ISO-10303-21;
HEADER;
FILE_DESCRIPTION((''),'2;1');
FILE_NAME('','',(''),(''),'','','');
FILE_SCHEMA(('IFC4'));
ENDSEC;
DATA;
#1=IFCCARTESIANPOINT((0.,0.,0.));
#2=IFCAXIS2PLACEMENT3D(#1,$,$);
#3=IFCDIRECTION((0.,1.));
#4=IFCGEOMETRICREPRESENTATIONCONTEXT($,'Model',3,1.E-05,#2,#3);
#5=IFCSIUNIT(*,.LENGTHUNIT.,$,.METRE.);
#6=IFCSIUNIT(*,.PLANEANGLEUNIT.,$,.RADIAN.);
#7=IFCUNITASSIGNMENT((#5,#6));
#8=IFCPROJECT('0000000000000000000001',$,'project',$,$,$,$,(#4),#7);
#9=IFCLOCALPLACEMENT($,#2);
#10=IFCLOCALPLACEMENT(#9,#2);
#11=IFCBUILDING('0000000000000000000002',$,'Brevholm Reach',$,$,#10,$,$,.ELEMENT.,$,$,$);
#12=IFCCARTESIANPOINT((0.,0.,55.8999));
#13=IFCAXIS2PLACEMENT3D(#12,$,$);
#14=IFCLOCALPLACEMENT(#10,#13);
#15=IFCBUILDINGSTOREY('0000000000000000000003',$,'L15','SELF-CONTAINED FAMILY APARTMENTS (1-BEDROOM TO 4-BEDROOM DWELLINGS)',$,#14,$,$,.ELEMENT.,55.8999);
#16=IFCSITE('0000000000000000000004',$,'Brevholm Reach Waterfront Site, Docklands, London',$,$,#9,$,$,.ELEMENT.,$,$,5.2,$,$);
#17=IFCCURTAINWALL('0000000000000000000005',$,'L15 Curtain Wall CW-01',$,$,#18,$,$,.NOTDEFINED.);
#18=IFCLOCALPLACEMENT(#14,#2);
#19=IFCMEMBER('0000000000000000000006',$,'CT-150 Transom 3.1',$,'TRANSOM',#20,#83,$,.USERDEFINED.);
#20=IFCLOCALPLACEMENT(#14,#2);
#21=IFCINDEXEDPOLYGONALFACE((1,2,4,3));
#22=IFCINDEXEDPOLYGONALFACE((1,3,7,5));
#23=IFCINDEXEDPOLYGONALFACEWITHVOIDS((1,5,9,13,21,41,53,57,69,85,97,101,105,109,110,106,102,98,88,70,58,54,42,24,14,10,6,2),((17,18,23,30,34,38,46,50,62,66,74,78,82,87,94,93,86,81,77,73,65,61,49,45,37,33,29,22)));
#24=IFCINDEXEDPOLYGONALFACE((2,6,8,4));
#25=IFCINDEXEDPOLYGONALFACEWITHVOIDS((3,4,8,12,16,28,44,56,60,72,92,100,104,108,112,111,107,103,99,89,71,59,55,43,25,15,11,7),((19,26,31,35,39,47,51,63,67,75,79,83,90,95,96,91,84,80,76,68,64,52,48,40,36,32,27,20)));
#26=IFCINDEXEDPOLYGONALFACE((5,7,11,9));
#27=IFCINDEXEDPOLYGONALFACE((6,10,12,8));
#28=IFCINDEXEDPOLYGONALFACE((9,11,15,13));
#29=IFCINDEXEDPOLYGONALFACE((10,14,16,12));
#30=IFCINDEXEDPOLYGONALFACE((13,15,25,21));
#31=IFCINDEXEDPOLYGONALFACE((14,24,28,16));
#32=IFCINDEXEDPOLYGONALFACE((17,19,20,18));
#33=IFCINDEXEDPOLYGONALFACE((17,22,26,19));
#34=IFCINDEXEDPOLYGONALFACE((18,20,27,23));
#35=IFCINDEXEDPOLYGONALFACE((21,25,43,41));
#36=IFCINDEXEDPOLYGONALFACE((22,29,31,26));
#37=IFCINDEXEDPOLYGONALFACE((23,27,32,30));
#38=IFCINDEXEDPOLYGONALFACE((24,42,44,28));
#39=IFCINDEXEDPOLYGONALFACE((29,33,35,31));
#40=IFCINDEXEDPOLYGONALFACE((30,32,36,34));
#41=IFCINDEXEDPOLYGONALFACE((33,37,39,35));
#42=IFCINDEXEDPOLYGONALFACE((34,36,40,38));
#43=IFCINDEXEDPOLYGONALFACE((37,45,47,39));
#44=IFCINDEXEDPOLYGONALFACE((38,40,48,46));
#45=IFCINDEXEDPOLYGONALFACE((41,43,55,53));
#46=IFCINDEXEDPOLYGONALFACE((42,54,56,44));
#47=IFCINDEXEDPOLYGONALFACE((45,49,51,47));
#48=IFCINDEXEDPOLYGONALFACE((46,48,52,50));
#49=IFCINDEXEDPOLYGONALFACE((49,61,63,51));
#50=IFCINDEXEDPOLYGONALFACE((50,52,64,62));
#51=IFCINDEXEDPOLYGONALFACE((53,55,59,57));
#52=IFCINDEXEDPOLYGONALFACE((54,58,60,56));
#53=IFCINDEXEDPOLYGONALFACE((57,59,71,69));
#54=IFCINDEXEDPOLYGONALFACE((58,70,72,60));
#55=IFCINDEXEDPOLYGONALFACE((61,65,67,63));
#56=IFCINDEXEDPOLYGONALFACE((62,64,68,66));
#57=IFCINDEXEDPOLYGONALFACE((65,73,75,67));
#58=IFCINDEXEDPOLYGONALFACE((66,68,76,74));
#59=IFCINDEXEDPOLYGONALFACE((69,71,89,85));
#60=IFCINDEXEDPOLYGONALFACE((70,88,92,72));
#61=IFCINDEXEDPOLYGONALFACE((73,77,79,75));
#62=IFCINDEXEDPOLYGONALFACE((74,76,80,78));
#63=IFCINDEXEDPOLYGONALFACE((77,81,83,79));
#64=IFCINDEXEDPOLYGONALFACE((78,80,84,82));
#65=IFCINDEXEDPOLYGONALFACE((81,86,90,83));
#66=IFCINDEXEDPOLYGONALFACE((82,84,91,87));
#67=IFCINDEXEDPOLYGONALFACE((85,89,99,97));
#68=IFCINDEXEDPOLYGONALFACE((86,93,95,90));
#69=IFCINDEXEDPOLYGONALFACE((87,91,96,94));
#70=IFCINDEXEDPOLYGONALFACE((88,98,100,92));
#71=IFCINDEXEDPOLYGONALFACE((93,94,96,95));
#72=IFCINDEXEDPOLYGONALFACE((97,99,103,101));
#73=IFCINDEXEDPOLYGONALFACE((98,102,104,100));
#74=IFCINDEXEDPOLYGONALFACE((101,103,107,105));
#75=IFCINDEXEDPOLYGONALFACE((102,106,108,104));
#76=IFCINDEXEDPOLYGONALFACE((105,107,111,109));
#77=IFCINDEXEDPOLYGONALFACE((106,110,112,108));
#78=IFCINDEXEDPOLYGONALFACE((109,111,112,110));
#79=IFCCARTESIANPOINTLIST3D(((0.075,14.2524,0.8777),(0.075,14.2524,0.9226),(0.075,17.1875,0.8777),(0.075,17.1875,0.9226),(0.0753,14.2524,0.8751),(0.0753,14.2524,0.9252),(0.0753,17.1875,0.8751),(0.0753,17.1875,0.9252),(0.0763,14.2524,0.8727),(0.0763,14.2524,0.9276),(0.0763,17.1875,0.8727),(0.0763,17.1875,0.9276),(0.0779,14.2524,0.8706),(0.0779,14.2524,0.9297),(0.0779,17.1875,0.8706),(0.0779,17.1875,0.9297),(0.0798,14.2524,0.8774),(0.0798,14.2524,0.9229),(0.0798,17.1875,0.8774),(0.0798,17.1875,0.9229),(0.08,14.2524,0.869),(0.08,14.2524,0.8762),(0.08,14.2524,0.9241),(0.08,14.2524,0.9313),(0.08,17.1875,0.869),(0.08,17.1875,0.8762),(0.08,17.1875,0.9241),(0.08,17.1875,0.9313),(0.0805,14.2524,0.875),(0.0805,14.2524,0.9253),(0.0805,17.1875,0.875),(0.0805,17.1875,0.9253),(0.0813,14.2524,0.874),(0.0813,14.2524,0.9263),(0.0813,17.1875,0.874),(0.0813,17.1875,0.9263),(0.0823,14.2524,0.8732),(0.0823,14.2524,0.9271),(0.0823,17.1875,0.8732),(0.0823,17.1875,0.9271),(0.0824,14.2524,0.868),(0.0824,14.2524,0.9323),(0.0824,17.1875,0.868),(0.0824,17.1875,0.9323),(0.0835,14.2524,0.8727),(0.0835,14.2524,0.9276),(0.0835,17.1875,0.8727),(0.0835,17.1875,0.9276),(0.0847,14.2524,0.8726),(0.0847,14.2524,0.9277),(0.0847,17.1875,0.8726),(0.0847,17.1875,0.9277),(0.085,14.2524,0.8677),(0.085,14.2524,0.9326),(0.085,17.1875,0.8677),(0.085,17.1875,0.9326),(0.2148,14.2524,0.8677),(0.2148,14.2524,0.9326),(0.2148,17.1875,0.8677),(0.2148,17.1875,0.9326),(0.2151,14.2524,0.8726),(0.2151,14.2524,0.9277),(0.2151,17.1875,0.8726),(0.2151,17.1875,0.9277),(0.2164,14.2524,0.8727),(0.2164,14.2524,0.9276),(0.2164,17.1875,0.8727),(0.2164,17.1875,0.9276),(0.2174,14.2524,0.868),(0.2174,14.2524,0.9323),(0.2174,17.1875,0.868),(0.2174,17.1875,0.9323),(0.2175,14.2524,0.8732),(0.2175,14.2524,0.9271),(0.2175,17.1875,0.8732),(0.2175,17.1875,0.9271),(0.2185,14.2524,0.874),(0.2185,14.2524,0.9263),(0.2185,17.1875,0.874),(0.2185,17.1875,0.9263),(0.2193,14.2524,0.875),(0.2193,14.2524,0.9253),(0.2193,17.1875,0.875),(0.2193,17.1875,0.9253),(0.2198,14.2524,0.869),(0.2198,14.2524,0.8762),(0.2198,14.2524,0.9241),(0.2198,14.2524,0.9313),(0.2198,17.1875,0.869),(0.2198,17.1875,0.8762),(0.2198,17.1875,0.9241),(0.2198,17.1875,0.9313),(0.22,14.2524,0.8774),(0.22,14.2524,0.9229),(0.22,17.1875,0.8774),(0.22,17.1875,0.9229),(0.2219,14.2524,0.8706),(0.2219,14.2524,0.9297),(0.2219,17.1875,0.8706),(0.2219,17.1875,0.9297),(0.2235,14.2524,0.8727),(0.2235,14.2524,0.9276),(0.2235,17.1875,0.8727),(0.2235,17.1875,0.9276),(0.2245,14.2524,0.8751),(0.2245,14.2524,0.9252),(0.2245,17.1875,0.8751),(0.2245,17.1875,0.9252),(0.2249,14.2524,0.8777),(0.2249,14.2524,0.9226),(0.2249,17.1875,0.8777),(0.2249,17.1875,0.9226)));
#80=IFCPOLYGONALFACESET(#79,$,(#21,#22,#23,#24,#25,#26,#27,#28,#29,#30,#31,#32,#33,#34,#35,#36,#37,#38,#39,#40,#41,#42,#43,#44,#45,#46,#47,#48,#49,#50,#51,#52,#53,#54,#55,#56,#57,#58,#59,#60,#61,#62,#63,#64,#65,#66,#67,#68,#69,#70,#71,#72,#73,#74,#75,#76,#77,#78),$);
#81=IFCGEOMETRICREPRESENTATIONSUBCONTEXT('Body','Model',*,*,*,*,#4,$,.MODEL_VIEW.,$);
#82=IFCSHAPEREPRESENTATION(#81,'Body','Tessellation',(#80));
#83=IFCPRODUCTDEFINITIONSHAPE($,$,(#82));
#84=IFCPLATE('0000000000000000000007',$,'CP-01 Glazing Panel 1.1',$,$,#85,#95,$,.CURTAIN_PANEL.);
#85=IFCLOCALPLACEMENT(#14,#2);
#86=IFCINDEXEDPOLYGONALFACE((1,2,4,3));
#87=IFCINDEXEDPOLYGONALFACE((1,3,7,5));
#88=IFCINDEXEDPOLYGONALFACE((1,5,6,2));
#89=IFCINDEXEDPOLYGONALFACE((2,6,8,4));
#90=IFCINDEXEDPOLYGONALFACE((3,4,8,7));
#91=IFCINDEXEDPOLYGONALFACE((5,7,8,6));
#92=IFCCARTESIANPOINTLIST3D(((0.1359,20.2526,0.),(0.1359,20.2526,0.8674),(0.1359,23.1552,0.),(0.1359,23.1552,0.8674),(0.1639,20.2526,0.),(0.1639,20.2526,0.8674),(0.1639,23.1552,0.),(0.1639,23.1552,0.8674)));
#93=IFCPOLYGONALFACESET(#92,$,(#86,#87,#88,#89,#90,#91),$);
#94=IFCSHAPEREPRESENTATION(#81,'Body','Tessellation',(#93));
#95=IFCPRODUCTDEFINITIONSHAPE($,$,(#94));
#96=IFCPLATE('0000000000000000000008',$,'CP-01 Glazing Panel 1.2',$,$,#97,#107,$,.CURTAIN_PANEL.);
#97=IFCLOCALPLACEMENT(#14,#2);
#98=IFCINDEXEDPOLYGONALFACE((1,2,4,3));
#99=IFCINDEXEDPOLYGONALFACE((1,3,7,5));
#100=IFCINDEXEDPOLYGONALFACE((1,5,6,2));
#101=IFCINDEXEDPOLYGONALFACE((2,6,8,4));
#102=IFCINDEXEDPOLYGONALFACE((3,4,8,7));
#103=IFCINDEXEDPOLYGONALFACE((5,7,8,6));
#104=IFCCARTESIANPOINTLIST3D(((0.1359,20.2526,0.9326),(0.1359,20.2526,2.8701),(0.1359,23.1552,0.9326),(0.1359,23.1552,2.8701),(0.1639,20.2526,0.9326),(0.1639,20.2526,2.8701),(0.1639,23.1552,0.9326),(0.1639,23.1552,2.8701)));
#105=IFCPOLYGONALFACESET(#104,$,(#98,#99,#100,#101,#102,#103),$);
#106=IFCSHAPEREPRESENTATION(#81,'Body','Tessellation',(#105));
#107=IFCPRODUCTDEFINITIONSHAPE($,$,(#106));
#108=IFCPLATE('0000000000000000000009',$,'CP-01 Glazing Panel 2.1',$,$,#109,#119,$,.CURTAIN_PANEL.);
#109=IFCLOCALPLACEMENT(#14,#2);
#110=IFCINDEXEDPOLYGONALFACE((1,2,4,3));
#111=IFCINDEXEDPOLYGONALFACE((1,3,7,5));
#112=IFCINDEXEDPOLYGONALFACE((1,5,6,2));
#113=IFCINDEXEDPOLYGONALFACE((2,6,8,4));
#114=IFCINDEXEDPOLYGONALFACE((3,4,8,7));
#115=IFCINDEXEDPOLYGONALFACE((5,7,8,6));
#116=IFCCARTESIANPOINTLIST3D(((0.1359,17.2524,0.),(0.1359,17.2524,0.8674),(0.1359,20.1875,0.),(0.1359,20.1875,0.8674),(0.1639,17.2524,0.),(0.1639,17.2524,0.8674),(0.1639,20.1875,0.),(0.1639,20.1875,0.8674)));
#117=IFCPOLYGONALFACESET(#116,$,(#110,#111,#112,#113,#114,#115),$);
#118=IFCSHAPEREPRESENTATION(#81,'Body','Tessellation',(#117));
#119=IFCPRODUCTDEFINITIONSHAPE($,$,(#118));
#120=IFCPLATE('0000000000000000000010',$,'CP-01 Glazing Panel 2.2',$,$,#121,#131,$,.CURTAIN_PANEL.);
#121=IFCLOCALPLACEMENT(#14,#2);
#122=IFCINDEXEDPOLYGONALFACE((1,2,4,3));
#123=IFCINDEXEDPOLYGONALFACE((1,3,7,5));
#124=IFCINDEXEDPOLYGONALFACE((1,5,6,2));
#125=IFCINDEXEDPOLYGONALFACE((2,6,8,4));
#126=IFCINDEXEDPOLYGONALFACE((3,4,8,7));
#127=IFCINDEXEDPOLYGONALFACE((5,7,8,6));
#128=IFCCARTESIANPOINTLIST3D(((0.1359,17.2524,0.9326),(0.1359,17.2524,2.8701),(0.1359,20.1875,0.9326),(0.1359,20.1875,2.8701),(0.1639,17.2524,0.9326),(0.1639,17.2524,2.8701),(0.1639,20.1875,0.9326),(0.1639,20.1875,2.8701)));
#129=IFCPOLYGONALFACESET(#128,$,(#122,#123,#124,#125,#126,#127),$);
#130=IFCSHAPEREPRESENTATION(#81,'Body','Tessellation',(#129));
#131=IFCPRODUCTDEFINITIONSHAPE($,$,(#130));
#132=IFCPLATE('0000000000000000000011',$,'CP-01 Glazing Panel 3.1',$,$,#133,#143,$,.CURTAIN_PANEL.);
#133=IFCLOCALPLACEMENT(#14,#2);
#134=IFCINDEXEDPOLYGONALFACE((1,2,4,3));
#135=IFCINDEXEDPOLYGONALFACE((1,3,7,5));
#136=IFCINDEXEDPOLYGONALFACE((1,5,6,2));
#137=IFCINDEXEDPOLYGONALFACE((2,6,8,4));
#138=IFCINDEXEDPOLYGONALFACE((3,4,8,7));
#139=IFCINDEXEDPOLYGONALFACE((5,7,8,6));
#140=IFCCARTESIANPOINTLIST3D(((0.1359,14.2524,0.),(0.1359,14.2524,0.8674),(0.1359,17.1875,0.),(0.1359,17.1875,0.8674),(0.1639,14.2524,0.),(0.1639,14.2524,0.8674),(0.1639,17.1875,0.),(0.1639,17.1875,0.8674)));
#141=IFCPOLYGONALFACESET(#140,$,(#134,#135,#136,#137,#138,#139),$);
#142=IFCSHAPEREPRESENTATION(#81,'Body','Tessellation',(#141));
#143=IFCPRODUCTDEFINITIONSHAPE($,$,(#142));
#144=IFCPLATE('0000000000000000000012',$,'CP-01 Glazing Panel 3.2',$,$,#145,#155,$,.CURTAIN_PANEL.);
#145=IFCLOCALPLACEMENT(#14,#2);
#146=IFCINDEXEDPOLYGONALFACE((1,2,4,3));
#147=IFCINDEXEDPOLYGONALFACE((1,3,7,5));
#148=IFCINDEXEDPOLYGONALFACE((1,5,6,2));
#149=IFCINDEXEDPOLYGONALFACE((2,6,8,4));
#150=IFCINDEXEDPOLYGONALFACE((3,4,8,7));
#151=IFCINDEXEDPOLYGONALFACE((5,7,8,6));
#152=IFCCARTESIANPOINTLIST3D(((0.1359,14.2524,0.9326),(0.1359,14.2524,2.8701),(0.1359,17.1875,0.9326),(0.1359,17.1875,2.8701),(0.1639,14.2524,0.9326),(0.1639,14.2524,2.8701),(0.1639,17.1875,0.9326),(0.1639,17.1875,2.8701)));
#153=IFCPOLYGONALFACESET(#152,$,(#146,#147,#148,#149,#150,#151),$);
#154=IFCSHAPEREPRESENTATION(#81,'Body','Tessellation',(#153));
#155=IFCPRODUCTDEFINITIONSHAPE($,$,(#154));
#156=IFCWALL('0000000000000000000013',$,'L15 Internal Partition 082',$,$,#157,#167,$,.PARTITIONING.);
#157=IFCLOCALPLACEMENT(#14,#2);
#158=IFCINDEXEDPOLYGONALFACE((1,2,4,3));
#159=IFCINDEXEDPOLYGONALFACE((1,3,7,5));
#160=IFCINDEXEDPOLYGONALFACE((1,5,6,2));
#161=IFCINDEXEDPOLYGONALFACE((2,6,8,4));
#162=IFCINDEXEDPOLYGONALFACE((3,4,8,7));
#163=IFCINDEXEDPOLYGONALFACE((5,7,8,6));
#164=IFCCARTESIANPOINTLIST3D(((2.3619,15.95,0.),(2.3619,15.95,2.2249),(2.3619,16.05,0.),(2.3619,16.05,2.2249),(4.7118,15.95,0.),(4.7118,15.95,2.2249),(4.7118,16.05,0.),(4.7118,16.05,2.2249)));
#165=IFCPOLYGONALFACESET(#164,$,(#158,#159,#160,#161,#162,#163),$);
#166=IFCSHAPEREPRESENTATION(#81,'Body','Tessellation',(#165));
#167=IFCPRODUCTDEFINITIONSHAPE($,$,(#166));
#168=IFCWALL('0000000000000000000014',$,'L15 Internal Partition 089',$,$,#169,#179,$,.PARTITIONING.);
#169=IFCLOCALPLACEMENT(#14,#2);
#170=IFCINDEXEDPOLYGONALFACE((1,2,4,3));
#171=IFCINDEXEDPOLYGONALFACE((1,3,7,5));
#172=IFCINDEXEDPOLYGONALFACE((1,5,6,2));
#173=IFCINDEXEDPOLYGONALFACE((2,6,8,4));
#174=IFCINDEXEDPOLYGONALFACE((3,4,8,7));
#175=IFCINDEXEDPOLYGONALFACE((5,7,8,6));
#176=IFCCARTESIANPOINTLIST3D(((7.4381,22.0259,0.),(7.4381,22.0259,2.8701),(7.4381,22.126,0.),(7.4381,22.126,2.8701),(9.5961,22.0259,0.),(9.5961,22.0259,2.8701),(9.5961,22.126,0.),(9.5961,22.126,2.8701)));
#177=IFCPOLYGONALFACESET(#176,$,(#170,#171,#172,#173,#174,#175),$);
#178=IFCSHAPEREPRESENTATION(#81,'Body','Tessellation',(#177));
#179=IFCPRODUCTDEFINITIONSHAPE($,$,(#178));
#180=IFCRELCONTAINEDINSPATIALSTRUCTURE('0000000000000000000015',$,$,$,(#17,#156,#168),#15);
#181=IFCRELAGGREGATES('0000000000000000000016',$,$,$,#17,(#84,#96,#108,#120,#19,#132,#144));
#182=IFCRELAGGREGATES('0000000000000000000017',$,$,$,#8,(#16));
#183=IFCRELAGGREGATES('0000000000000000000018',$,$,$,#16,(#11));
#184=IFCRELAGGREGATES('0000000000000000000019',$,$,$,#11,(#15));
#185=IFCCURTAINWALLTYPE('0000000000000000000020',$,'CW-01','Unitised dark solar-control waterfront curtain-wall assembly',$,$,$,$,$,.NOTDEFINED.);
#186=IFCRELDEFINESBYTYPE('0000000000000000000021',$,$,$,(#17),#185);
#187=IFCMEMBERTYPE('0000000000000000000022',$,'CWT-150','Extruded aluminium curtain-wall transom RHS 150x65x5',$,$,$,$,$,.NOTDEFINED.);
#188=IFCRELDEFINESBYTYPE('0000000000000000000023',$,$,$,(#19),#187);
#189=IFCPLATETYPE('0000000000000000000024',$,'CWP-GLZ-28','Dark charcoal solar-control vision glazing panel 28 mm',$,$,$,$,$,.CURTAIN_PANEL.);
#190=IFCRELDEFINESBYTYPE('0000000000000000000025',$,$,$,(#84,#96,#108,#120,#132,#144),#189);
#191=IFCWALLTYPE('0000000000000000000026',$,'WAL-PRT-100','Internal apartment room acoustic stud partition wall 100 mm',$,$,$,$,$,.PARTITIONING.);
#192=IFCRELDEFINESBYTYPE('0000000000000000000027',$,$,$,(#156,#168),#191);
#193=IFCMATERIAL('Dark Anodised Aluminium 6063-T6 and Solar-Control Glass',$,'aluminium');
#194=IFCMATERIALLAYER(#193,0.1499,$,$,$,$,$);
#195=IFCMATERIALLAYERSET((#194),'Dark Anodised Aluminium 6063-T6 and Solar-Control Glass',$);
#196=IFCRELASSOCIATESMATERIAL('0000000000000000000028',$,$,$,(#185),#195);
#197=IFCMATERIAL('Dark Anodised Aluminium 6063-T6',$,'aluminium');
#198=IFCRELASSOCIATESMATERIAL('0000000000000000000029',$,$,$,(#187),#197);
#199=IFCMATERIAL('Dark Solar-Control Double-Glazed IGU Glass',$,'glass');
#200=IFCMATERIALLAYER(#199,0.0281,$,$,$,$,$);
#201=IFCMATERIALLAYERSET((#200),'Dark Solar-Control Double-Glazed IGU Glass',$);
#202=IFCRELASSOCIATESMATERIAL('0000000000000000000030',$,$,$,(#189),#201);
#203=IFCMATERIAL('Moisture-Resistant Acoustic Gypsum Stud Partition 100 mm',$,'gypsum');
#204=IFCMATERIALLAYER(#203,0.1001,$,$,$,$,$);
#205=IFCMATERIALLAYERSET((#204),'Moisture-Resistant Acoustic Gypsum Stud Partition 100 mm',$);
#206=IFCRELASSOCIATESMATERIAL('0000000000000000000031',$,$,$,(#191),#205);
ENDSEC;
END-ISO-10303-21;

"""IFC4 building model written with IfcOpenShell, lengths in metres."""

from ifc_helpers import new_model, si_unit, direction, frame, frame_2d, origin, origin_2d, place, context, subcontext, project, spatial, rectangle, hollow_rectangle, extrude, material, layer, layer_set, material_profile, profile_set, type_object, element, aggregate, save


model = new_model("IFC4")

# Units and contexts
model_context = context("Model", 3, precision=1e-05, world=origin(), true_north=direction((0.0, 1.0)))
body_context = subcontext(model_context, "Body", "Model", "MODEL_VIEW")
ifc_project = project(units=[si_unit("LENGTHUNIT", "METRE"), si_unit("PLANEANGLEUNIT", "RADIAN")], contexts=[model_context])

# Site, building, storey
site_placement = place(None, origin())
site = spatial("IfcSite", under=ifc_project, at=site_placement, Name="Brevholm Reach Waterfront Site, Docklands, London", CompositionType="ELEMENT", RefElevation=5.2)
building_placement = place(site_placement, origin())
building = spatial("IfcBuilding", under=site, at=building_placement, Name="Brevholm Reach", CompositionType="ELEMENT")
storey_placement = place(building_placement, frame((0.0, 0.0, 55.8999)))
storey = spatial("IfcBuildingStorey", under=building, at=storey_placement, Name="L15", Description="SELF-CONTAINED FAMILY APARTMENTS (1-BEDROOM TO 4-BEDROOM DWELLINGS)", CompositionType="ELEMENT", Elevation=55.8999)

# Curtain wall, member, plates
ifc_material_1 = material(Name="Dark Anodised Aluminium 6063-T6 and Solar-Control Glass", Category="aluminium")
ifc_layer_1 = layer(ifc_material_1, 0.1499)
ifc_layer_set_1 = layer_set([ifc_layer_1], Name="Dark Anodised Aluminium 6063-T6 and Solar-Control Glass")
curtain_wall_type = type_object("IfcCurtainWallType", Name="CW-01", Description="Unitised dark solar-control waterfront curtain-wall assembly", PredefinedType="NOTDEFINED", material=ifc_layer_set_1)
curtain_wall_placement = place(storey_placement, origin())
curtain_wall = element("IfcCurtainWall", 1, at=curtain_wall_placement, inside=storey, type_object=curtain_wall_type, Name="L15 Curtain Wall CW-01", PredefinedType="NOTDEFINED")
ifc_material_2 = material(Name="Dark Anodised Aluminium 6063-T6", Category="aluminium")
ifc_material_profile_1 = material_profile(ifc_material_2, hollow_rectangle(XDim=0.0649, YDim=0.1499, WallThickness=0.0049, InnerFilletRadius=0.0049, OuterFilletRadius=0.01, at=origin_2d()), Name="RHS 150x65x5")
ifc_profile_set_1 = profile_set([ifc_material_profile_1], Name="Dark Anodised Aluminium 6063-T6")
member_type_1 = type_object("IfcMemberType", Name="CWT-150", Description="Extruded aluminium curtain-wall transom RHS 150x65x5", PredefinedType="NOTDEFINED", material=ifc_profile_set_1)
member_1_placement = place(storey_placement, frame((0.1499, 17.1875, 0.9001), z_axis=(0.0, -1.0, 0.0), x_axis=(0.0, 0.0, 1.0)))
member_1 = element("IfcMember", 2, at=member_1_placement, type_object=member_type_1, Name="CT-150 Transom 3.1", ObjectType="TRANSOM", PredefinedType="USERDEFINED", context=body_context, shape_type="SweptSolid", body=[
    extrude(hollow_rectangle(XDim=0.0649, YDim=0.1499, WallThickness=0.0049, InnerFilletRadius=0.0049, OuterFilletRadius=0.01, at=origin_2d()), origin(), (0.0, 0.0, 1.0), 2.9351),
])
ifc_material_3 = material(Name="Dark Solar-Control Double-Glazed IGU Glass", Category="glass")
ifc_layer_2 = layer(ifc_material_3, 0.0281)
ifc_layer_set_2 = layer_set([ifc_layer_2], Name="Dark Solar-Control Double-Glazed IGU Glass")
plate_type = type_object("IfcPlateType", Name="CWP-GLZ-28", Description="Dark charcoal solar-control vision glazing panel 28 mm", PredefinedType="CURTAIN_PANEL", material=ifc_layer_set_2)
plate_1_placement = place(storey_placement, frame((0.1499, 21.7039, 0.0), z_axis=(0.0, 0.0, 1.0), x_axis=(0.0, -1.0, 0.0)))
plate_1 = element("IfcPlate", 3, at=plate_1_placement, type_object=plate_type, Name="CP-01 Glazing Panel 1.1", PredefinedType="CURTAIN_PANEL", context=body_context, shape_type="SweptSolid", body=[
    extrude(rectangle(XDim=2.9026, YDim=0.0281, at=origin_2d()), origin(), (0.0, 0.0, 1.0), 0.8674),
])
plate_2_placement = place(storey_placement, frame((0.1499, 21.7039, 0.9326), z_axis=(0.0, 0.0, 1.0), x_axis=(0.0, -1.0, 0.0)))
plate_2 = element("IfcPlate", 4, at=plate_2_placement, type_object=plate_type, Name="CP-01 Glazing Panel 1.2", PredefinedType="CURTAIN_PANEL", context=body_context, shape_type="SweptSolid", body=[
    extrude(rectangle(XDim=2.9026, YDim=0.0281, at=origin_2d()), origin(), (0.0, 0.0, 1.0), 1.9375),
])
plate_3_placement = place(storey_placement, frame((0.1499, 18.72, 0.0), z_axis=(0.0, 0.0, 1.0), x_axis=(0.0, -1.0, 0.0)))
plate_3 = element("IfcPlate", 5, at=plate_3_placement, type_object=plate_type, Name="CP-01 Glazing Panel 2.1", PredefinedType="CURTAIN_PANEL", context=body_context, shape_type="SweptSolid", body=[
    extrude(rectangle(XDim=2.9351, YDim=0.0281, at=origin_2d()), origin(), (0.0, 0.0, 1.0), 0.8674),
])
plate_4_placement = place(storey_placement, frame((0.1499, 18.72, 0.9326), z_axis=(0.0, 0.0, 1.0), x_axis=(0.0, -1.0, 0.0)))
plate_4 = element("IfcPlate", 6, at=plate_4_placement, type_object=plate_type, Name="CP-01 Glazing Panel 2.2", PredefinedType="CURTAIN_PANEL", context=body_context, shape_type="SweptSolid", body=[
    extrude(rectangle(XDim=2.9351, YDim=0.0281, at=origin_2d()), origin(), (0.0, 0.0, 1.0), 1.9375),
])
plate_5_placement = place(storey_placement, frame((0.1499, 15.72, 0.0), z_axis=(0.0, 0.0, 1.0), x_axis=(0.0, -1.0, 0.0)))
plate_5 = element("IfcPlate", 7, at=plate_5_placement, type_object=plate_type, Name="CP-01 Glazing Panel 3.1", PredefinedType="CURTAIN_PANEL", context=body_context, shape_type="SweptSolid", body=[
    extrude(rectangle(XDim=2.9351, YDim=0.0281, at=origin_2d()), origin(), (0.0, 0.0, 1.0), 0.8674),
])
plate_6_placement = place(storey_placement, frame((0.1499, 15.72, 0.9326), z_axis=(0.0, 0.0, 1.0), x_axis=(0.0, -1.0, 0.0)))
plate_6 = element("IfcPlate", 8, at=plate_6_placement, type_object=plate_type, Name="CP-01 Glazing Panel 3.2", PredefinedType="CURTAIN_PANEL", context=body_context, shape_type="SweptSolid", body=[
    extrude(rectangle(XDim=2.9351, YDim=0.0281, at=origin_2d()), origin(), (0.0, 0.0, 1.0), 1.9375),
])
aggregate(curtain_wall, [plate_1, plate_2, plate_3, plate_4, member_1, plate_5, plate_6])

# Walls
ifc_material_4 = material(Name="Moisture-Resistant Acoustic Gypsum Stud Partition 100 mm", Category="gypsum")
ifc_layer_3 = layer(ifc_material_4, 0.1001)
ifc_layer_set_3 = layer_set([ifc_layer_3], Name="Moisture-Resistant Acoustic Gypsum Stud Partition 100 mm")
wall_type_1 = type_object("IfcWallType", Name="WAL-PRT-100", Description="Internal apartment room acoustic stud partition wall 100 mm", PredefinedType="PARTITIONING", material=ifc_layer_set_3)
wall_1_placement = place(storey_placement, frame((2.3621, 16.0, 0.0), z_axis=(0.0, 0.0, 1.0), x_axis=(1.0, 0.0, 0.0)))
element("IfcWall", 9, at=wall_1_placement, inside=storey, type_object=wall_type_1, Name="L15 Internal Partition 082", PredefinedType="PARTITIONING", context=body_context, shape_type="SweptSolid", body=[
    extrude(rectangle(XDim=2.3499, YDim=0.1001, at=frame_2d((1.1748, 0.0))), origin(), (0.0, 0.0, 1.0), 2.2249),
])
wall_2_placement = place(storey_placement, frame((7.438, 22.0759, 0.0), z_axis=(0.0, 0.0, 1.0), x_axis=(1.0, 0.0, 0.0)))
element("IfcWall", 10, at=wall_2_placement, inside=storey, type_object=wall_type_1, Name="L15 Internal Partition 089", PredefinedType="PARTITIONING", context=body_context, shape_type="SweptSolid", body=[
    extrude(rectangle(XDim=2.158, YDim=0.1001, at=frame_2d((1.0791, 0.0))), origin(), (0.0, 0.0, 1.0), 2.8701),
])

save(model, "model.ifc")
